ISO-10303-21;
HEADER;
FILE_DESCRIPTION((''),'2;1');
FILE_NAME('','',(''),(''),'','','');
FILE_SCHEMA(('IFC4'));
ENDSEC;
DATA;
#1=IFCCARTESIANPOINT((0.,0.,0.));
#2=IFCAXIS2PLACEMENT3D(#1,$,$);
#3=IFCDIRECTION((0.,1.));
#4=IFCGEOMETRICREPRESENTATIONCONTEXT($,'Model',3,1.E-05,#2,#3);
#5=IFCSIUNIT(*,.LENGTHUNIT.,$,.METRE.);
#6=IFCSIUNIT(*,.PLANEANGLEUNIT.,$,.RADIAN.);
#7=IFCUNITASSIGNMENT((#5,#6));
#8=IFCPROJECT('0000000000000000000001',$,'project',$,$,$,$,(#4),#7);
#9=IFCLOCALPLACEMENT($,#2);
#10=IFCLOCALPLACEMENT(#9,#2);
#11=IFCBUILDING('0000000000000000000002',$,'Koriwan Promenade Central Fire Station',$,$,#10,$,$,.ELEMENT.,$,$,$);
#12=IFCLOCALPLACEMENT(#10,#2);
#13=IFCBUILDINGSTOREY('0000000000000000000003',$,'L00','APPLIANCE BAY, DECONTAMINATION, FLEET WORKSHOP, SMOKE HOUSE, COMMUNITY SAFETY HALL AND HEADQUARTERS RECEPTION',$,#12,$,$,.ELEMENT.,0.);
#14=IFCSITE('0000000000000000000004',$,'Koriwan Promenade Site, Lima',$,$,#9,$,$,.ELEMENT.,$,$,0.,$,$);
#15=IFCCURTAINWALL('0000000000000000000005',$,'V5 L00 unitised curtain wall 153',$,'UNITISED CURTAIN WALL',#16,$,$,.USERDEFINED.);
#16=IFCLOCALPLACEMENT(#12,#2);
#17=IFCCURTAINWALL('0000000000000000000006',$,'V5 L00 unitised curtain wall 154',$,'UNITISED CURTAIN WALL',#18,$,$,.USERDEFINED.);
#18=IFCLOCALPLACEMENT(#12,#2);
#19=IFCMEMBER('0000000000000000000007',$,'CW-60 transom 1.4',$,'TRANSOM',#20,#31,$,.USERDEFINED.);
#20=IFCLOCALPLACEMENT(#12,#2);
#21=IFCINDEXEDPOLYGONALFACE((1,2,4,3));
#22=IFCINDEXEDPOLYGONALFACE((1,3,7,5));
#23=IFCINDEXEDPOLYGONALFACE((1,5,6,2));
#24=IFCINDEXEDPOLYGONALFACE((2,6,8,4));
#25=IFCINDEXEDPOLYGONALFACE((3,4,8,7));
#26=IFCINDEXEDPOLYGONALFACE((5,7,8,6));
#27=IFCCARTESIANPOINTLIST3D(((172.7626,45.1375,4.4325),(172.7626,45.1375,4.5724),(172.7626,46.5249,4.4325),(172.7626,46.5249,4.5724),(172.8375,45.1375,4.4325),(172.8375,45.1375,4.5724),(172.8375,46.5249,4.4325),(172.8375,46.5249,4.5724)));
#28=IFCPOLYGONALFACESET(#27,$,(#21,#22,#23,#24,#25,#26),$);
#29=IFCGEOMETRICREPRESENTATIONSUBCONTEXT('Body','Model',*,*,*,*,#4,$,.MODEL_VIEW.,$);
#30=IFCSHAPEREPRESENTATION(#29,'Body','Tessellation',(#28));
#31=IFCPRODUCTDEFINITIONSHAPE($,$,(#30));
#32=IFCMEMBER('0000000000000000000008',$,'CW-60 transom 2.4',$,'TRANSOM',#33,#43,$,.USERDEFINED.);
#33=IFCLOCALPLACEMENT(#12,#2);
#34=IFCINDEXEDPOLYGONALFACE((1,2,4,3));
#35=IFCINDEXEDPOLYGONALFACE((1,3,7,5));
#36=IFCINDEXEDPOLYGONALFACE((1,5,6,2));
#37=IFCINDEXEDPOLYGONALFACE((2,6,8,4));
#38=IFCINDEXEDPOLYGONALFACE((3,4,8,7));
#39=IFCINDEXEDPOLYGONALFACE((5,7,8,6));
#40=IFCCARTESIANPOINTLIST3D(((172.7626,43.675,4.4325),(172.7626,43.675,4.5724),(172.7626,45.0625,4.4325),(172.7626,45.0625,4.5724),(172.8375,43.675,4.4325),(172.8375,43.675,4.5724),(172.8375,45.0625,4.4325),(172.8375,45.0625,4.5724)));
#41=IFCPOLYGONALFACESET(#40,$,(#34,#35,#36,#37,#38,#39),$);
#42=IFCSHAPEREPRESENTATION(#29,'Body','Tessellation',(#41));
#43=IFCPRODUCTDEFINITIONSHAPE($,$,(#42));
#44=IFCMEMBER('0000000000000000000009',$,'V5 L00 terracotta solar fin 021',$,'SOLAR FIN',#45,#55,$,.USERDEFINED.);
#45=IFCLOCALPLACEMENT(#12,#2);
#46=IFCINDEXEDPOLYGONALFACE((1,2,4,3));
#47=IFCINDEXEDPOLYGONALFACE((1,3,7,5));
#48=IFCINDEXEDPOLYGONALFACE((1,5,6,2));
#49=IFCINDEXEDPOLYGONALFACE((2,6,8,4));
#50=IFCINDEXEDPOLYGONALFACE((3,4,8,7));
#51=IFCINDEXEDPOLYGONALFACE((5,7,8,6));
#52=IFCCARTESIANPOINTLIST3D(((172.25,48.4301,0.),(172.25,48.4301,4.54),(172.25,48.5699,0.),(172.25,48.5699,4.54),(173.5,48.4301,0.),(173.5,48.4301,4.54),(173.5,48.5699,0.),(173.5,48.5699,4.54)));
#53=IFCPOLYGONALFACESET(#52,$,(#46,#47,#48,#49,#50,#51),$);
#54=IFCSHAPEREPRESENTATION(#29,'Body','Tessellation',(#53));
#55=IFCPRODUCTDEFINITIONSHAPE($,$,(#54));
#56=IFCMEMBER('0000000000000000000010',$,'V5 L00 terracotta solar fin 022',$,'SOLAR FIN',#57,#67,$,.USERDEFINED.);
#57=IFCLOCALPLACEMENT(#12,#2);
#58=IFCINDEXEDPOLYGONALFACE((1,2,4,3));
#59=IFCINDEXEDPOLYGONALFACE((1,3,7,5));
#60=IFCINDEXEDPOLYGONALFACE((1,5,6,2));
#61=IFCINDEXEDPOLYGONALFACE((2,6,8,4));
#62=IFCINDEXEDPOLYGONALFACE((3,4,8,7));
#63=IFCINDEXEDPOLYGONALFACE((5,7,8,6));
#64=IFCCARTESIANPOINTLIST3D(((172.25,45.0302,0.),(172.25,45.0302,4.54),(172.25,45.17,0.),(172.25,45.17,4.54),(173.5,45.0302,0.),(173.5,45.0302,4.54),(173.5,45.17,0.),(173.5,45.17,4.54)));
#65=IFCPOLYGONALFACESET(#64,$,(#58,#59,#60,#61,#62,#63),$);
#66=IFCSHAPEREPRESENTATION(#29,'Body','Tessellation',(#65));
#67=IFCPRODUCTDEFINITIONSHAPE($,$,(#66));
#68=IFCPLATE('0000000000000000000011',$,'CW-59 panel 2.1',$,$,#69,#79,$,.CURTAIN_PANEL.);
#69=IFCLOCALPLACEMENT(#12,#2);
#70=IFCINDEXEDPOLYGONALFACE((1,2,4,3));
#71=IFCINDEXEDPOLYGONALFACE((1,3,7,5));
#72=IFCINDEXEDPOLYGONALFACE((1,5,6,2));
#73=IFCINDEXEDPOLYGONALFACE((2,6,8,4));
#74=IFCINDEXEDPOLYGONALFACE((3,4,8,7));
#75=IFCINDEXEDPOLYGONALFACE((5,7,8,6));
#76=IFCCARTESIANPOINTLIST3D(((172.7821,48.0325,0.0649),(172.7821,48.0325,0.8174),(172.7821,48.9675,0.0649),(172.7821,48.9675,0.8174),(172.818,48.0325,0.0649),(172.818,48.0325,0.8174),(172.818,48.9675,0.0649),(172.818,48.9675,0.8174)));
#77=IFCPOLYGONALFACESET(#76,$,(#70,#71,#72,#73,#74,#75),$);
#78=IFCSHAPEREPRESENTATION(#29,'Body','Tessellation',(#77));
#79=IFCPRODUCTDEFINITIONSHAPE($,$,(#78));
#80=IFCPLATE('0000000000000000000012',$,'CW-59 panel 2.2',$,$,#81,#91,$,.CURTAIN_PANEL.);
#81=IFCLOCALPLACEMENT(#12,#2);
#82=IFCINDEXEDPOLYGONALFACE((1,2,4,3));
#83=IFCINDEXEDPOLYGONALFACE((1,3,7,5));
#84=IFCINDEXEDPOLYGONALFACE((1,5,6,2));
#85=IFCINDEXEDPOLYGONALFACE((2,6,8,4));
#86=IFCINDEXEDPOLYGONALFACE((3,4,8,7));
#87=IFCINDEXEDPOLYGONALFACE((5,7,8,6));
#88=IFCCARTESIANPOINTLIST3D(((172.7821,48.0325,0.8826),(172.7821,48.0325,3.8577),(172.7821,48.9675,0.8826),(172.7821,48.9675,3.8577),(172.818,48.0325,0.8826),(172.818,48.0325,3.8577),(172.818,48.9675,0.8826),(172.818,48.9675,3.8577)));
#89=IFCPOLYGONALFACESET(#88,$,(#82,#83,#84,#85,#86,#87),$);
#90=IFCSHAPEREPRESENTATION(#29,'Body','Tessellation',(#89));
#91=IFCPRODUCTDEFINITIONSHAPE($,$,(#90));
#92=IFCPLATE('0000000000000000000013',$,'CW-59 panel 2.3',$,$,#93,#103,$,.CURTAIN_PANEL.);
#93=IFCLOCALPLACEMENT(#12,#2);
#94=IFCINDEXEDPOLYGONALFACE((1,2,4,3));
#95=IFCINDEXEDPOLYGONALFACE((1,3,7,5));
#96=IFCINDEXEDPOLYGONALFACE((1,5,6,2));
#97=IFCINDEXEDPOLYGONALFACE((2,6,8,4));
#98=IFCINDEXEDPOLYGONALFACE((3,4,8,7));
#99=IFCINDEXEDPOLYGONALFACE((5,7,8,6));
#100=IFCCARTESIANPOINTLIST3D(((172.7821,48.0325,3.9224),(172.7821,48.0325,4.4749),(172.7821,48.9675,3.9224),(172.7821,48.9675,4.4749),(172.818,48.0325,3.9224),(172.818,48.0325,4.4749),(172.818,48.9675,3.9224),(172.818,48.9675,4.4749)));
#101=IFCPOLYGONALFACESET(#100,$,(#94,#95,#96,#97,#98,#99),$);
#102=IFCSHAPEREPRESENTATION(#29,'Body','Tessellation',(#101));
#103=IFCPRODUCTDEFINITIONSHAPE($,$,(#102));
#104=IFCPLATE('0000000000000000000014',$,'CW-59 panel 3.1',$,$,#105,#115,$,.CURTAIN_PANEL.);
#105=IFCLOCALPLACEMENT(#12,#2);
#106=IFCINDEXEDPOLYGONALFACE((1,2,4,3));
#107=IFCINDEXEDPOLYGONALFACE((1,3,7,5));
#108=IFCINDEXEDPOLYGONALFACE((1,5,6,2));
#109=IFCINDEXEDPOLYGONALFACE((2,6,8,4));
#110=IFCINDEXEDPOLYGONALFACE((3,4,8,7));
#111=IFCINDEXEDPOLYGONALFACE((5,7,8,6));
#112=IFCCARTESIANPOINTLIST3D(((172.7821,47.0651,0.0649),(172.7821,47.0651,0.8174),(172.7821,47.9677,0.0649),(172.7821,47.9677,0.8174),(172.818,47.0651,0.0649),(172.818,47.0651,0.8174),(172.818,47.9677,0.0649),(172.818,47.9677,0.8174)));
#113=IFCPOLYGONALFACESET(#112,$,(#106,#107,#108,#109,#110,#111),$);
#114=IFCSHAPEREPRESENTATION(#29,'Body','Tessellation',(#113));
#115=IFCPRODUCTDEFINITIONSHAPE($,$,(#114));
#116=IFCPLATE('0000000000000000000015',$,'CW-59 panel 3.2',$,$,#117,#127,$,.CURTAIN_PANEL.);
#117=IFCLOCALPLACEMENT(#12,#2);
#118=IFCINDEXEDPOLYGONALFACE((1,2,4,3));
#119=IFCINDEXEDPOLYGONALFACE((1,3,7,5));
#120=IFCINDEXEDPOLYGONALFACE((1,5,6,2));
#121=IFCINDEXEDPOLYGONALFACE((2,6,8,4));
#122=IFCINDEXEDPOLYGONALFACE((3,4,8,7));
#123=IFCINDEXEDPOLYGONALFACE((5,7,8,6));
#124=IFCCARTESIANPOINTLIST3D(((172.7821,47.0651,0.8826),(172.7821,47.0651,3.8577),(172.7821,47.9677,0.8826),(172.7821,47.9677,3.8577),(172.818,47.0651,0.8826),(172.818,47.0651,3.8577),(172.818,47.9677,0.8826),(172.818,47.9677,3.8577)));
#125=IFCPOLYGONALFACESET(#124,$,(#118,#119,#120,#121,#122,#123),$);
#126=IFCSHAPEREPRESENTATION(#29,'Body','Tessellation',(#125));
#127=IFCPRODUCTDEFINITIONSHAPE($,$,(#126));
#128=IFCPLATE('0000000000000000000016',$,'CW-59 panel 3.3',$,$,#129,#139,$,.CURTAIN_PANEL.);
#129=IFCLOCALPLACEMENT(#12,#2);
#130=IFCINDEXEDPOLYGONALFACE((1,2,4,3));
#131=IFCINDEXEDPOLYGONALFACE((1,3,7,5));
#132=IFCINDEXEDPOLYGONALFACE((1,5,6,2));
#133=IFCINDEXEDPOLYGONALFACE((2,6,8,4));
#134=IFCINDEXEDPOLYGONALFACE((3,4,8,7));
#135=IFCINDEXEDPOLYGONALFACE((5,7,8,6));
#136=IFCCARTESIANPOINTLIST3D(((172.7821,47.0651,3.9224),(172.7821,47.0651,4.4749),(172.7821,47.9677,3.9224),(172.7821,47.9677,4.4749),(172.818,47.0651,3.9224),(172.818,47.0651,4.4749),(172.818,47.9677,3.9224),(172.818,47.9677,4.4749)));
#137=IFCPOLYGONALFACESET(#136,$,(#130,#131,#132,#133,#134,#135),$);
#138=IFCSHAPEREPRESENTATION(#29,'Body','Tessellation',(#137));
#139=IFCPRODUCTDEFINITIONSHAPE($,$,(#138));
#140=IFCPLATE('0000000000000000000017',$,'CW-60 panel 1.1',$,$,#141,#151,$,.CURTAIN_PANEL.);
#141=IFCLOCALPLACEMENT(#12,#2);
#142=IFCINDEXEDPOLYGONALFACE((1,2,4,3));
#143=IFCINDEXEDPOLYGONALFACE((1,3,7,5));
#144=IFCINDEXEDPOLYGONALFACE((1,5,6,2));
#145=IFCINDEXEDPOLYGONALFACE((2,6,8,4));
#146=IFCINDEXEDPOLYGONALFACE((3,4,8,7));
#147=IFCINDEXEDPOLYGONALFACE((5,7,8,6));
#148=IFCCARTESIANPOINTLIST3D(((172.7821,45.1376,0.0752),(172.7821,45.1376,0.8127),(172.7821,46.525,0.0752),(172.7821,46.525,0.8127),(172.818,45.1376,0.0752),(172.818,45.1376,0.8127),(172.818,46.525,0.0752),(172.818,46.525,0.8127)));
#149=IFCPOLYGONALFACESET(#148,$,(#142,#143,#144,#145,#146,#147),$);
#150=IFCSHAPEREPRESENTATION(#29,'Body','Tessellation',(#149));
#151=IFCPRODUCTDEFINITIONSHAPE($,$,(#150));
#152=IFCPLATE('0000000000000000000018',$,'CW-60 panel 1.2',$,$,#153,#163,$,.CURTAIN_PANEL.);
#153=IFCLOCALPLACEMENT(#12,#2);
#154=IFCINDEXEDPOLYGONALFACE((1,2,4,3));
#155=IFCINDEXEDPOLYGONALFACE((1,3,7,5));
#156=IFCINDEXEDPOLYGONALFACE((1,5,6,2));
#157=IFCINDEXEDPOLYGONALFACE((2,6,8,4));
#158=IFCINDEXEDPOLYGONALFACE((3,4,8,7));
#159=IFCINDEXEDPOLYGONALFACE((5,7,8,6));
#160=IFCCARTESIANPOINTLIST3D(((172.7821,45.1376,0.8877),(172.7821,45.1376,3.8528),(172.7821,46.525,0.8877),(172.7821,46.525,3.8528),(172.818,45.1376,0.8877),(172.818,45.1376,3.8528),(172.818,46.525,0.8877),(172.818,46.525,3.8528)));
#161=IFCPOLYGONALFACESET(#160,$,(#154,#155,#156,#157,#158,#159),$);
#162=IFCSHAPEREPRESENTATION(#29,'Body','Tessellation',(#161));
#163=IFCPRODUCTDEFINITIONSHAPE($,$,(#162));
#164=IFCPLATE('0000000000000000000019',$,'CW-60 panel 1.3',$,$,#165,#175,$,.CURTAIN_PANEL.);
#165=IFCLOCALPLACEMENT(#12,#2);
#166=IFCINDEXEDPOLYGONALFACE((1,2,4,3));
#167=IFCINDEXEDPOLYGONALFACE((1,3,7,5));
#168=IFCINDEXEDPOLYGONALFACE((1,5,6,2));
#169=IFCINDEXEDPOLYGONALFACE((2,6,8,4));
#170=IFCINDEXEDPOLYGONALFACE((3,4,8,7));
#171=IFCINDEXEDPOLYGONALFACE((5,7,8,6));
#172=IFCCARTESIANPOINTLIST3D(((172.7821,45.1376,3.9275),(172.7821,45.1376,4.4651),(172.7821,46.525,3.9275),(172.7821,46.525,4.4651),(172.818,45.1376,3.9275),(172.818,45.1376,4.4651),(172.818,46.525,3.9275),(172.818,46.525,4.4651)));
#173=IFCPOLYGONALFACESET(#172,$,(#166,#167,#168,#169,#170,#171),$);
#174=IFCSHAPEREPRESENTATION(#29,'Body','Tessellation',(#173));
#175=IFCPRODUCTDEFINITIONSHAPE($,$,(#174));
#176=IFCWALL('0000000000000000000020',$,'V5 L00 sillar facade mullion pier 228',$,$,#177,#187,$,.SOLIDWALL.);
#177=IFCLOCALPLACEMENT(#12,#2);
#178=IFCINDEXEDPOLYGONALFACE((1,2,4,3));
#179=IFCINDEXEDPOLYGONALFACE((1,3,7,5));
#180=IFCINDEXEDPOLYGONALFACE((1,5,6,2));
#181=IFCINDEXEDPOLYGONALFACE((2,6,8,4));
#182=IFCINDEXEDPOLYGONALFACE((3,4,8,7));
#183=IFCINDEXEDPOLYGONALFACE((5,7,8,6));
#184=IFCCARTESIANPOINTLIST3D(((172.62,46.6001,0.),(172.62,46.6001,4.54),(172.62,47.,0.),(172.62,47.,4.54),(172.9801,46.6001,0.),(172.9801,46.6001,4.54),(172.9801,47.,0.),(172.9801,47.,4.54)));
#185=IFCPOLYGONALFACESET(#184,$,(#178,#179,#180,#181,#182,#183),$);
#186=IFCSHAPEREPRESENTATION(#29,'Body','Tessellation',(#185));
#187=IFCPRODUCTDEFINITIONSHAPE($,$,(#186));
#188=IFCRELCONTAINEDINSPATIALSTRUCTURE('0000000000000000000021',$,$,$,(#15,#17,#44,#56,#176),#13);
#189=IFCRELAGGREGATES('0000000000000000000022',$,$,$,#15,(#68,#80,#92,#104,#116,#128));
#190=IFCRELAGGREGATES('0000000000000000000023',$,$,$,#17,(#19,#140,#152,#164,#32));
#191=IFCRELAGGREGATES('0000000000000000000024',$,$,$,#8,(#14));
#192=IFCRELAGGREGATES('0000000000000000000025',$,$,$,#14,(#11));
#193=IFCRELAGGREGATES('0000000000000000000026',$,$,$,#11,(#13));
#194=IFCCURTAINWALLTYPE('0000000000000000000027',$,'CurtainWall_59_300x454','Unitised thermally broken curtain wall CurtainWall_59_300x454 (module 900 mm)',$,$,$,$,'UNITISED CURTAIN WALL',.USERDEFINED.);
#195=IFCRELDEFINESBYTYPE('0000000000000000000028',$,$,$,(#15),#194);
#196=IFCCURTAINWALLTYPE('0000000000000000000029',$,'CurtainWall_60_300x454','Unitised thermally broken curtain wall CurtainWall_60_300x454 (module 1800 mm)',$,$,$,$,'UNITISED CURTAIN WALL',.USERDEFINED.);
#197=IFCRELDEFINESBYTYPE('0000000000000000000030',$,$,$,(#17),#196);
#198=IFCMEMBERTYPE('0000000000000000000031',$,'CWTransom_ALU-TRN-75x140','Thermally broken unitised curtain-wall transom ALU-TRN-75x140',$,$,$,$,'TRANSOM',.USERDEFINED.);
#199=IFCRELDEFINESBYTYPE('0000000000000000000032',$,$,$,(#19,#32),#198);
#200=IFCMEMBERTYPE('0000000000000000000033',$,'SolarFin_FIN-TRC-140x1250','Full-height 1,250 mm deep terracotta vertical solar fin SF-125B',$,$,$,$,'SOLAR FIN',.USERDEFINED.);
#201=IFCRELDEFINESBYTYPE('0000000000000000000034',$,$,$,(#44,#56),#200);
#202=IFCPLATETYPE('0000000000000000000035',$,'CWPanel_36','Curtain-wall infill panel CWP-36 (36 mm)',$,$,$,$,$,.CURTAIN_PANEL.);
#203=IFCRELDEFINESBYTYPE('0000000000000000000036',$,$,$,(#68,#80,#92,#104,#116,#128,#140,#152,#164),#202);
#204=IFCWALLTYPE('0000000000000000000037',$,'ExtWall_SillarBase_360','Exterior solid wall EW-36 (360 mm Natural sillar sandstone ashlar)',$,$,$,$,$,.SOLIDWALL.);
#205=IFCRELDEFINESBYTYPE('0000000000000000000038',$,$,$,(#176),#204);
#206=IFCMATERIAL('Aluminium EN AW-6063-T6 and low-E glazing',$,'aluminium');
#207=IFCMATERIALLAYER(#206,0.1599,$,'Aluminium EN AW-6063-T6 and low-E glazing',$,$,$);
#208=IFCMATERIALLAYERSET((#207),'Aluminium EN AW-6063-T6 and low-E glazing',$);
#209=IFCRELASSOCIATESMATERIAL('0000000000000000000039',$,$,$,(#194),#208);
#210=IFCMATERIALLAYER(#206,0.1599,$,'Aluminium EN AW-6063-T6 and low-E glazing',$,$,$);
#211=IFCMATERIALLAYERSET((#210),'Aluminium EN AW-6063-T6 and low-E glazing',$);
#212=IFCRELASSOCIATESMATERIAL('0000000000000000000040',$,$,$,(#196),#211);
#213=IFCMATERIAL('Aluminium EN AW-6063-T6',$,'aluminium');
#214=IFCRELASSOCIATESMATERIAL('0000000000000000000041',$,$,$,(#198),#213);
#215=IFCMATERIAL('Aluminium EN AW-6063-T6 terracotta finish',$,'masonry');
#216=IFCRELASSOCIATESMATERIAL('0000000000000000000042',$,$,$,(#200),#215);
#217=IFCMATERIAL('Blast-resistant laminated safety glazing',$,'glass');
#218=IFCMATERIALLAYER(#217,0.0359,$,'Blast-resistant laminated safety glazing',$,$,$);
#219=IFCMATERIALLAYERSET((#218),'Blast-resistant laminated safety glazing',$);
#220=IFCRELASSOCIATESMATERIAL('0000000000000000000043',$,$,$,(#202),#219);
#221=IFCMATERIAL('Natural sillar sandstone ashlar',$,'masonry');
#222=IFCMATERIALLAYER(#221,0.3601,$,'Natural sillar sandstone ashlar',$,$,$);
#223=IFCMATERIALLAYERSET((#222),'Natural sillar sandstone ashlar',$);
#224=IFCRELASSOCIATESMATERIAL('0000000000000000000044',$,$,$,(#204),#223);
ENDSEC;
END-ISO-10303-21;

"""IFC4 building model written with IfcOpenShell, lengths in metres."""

from ifc_helpers import new_model, si_unit, direction, frame, frame_2d, origin, origin_2d, place, context, subcontext, project, spatial, rectangle, extrude, material, layer, layer_set, material_profile, profile_set, type_object, element, aggregate, save


model = new_model("IFC4")

# Units and contexts
model_context = context("Model", 3, precision=1e-05, world=origin(), true_north=direction((0.0, 1.0)))
body_context = subcontext(model_context, "Body", "Model", "MODEL_VIEW")
ifc_project = project(units=[si_unit("LENGTHUNIT", "METRE"), si_unit("PLANEANGLEUNIT", "RADIAN")], contexts=[model_context])

# Site, building, storey
site_placement = place(None, origin())
site = spatial("IfcSite", under=ifc_project, at=site_placement, Name="Koriwan Promenade Site, Lima", CompositionType="ELEMENT", RefElevation=0.0)
building_placement = place(site_placement, origin())
building = spatial("IfcBuilding", under=site, at=building_placement, Name="Koriwan Promenade Central Fire Station", CompositionType="ELEMENT")
storey_placement = place(building_placement, origin())
storey = spatial("IfcBuildingStorey", under=building, at=storey_placement, Name="L00", Description="APPLIANCE BAY, DECONTAMINATION, FLEET WORKSHOP, SMOKE HOUSE, COMMUNITY SAFETY HALL AND HEADQUARTERS RECEPTION", CompositionType="ELEMENT", Elevation=0.0)

# Curtain walls
ifc_material_1 = material(Name="Aluminium EN AW-6063-T6 and low-E glazing", Category="aluminium")
ifc_layer_1 = layer(ifc_material_1, 0.1599, Name="Aluminium EN AW-6063-T6 and low-E glazing")
ifc_layer_set_1 = layer_set([ifc_layer_1], Name="Aluminium EN AW-6063-T6 and low-E glazing")
curtain_wall_type_1 = type_object("IfcCurtainWallType", Name="CurtainWall_59_300x454", Description="Unitised thermally broken curtain wall CurtainWall_59_300x454 (module 900 mm)", ElementType="UNITISED CURTAIN WALL", PredefinedType="USERDEFINED", material=ifc_layer_set_1)
curtain_wall_1_placement = place(storey_placement, origin())
curtain_wall_1 = element("IfcCurtainWall", 1, at=curtain_wall_1_placement, inside=storey, type_object=curtain_wall_type_1, Name="V5 L00 unitised curtain wall 153", ObjectType="UNITISED CURTAIN WALL", PredefinedType="USERDEFINED")
ifc_material_2 = material(Name="Aluminium EN AW-6063-T6", Category="aluminium")
ifc_layer_2 = layer(ifc_material_1, 0.1599, Name="Aluminium EN AW-6063-T6 and low-E glazing")
ifc_layer_set_2 = layer_set([ifc_layer_2], Name="Aluminium EN AW-6063-T6 and low-E glazing")
curtain_wall_type_2 = type_object("IfcCurtainWallType", Name="CurtainWall_60_300x454", Description="Unitised thermally broken curtain wall CurtainWall_60_300x454 (module 1800 mm)", ElementType="UNITISED CURTAIN WALL", PredefinedType="USERDEFINED", material=ifc_layer_set_2)
curtain_wall_2_placement = place(storey_placement, origin())
curtain_wall_2 = element("IfcCurtainWall", 2, at=curtain_wall_2_placement, inside=storey, type_object=curtain_wall_type_2, Name="V5 L00 unitised curtain wall 154", ObjectType="UNITISED CURTAIN WALL", PredefinedType="USERDEFINED")

# Members
ifc_material_profile_1 = material_profile(ifc_material_2, rectangle(XDim=0.075, YDim=0.1399, at=origin_2d()), Name="ALU-TRN-75x140")
ifc_profile_set_1 = profile_set([ifc_material_profile_1], Name="Aluminium EN AW-6063-T6")
member_type_1 = type_object("IfcMemberType", Name="CWTransom_ALU-TRN-75x140", Description="Thermally broken unitised curtain-wall transom ALU-TRN-75x140", ElementType="TRANSOM", PredefinedType="USERDEFINED", material=ifc_profile_set_1)
member_1_placement = place(storey_placement, frame((172.8, 46.5249, 4.5024), z_axis=(0.0, -1.0, 0.0), x_axis=(1.0, 0.0, 0.0)))
member_1 = element("IfcMember", 3, at=member_1_placement, type_object=member_type_1, Name="CW-60 transom 1.4", ObjectType="TRANSOM", PredefinedType="USERDEFINED", context=body_context, shape_type="SweptSolid", body=[
    extrude(rectangle(XDim=0.075, YDim=0.1399, at=origin_2d()), origin(), (0.0, 0.0, 1.0), 1.3875),
])
member_2_placement = place(storey_placement, frame((172.8, 45.0625, 4.5024), z_axis=(0.0, -1.0, 0.0), x_axis=(1.0, 0.0, 0.0)))
member_2 = element("IfcMember", 4, at=member_2_placement, type_object=member_type_1, Name="CW-60 transom 2.4", ObjectType="TRANSOM", PredefinedType="USERDEFINED", context=body_context, shape_type="SweptSolid", body=[
    extrude(rectangle(XDim=0.075, YDim=0.1399, at=origin_2d()), origin(), (0.0, 0.0, 1.0), 1.3875),
])

# Members
ifc_material_3 = material(Name="Aluminium EN AW-6063-T6 terracotta finish", Category="masonry")
ifc_material_profile_2 = material_profile(ifc_material_3, rectangle(XDim=0.1399, YDim=1.25, at=origin_2d()), Name="FIN-TRC-140x1250")
ifc_profile_set_2 = profile_set([ifc_material_profile_2], Name="Aluminium EN AW-6063-T6 terracotta finish")
member_type_2 = type_object("IfcMemberType", Name="SolarFin_FIN-TRC-140x1250", Description="Full-height 1,250 mm deep terracotta vertical solar fin SF-125B", ElementType="SOLAR FIN", PredefinedType="USERDEFINED", material=ifc_profile_set_2)
for number, where, z_axis, x_axis, name in (
    (5, (172.875, 48.5, 0.0), (0.0, 0.0, 1.0), (0.0, -1.0, 0.0), "V5 L00 terracotta solar fin 021"),
    (6, (172.875, 45.1001, 0.0), (0.0, 0.0, 1.0), (0.0, -1.0, 0.0), "V5 L00 terracotta solar fin 022"),
):
    element("IfcMember", number, at=place(storey_placement, frame(where, z_axis=z_axis, x_axis=x_axis)), inside=storey, type_object=member_type_2, Name=name, ObjectType="SOLAR FIN", PredefinedType="USERDEFINED", context=body_context, shape_type="SweptSolid", body=[
        extrude(rectangle(XDim=0.1399, YDim=1.25, at=origin_2d()), origin(), (0.0, 0.0, 1.0), 4.54),
    ])

# Plates
ifc_material_4 = material(Name="Blast-resistant laminated safety glazing", Category="glass")
ifc_layer_3 = layer(ifc_material_4, 0.0359, Name="Blast-resistant laminated safety glazing")
ifc_layer_set_3 = layer_set([ifc_layer_3], Name="Blast-resistant laminated safety glazing")
plate_type = type_object("IfcPlateType", Name="CWPanel_36", Description="Curtain-wall infill panel CWP-36 (36 mm)", PredefinedType="CURTAIN_PANEL", material=ifc_layer_set_3)
plate_1_placement = place(storey_placement, frame((172.8, 48.5, 0.0649), z_axis=(0.0, 0.0, 1.0), x_axis=(0.0, -1.0, 0.0)))
plate_1 = element("IfcPlate", 7, at=plate_1_placement, type_object=plate_type, Name="CW-59 panel 2.1", PredefinedType="CURTAIN_PANEL", context=body_context, shape_type="SweptSolid", body=[
    extrude(rectangle(XDim=0.9351, YDim=0.0359, at=origin_2d()), origin(), (0.0, 0.0, 1.0), 0.7524),
])
plate_2_placement = place(storey_placement, frame((172.8, 48.5, 0.8826), z_axis=(0.0, 0.0, 1.0), x_axis=(0.0, -1.0, 0.0)))
plate_2 = element("IfcPlate", 8, at=plate_2_placement, type_object=plate_type, Name="CW-59 panel 2.2", PredefinedType="CURTAIN_PANEL", context=body_context, shape_type="SweptSolid", body=[
    extrude(rectangle(XDim=0.9351, YDim=0.0359, at=origin_2d()), origin(), (0.0, 0.0, 1.0), 2.9751),
])
plate_3_placement = place(storey_placement, frame((172.8, 48.5, 3.9224), z_axis=(0.0, 0.0, 1.0), x_axis=(0.0, -1.0, 0.0)))
plate_3 = element("IfcPlate", 9, at=plate_3_placement, type_object=plate_type, Name="CW-59 panel 2.3", PredefinedType="CURTAIN_PANEL", context=body_context, shape_type="SweptSolid", body=[
    extrude(rectangle(XDim=0.9351, YDim=0.0359, at=origin_2d()), origin(), (0.0, 0.0, 1.0), 0.5525),
])
plate_4_placement = place(storey_placement, frame((172.8, 47.5164, 0.0649), z_axis=(0.0, 0.0, 1.0), x_axis=(0.0, -1.0, 0.0)))
plate_4 = element("IfcPlate", 10, at=plate_4_placement, type_object=plate_type, Name="CW-59 panel 3.1", PredefinedType="CURTAIN_PANEL", context=body_context, shape_type="SweptSolid", body=[
    extrude(rectangle(XDim=0.9026, YDim=0.0359, at=origin_2d()), origin(), (0.0, 0.0, 1.0), 0.7524),
])
plate_5_placement = place(storey_placement, frame((172.8, 47.5164, 0.8826), z_axis=(0.0, 0.0, 1.0), x_axis=(0.0, -1.0, 0.0)))
plate_5 = element("IfcPlate", 11, at=plate_5_placement, type_object=plate_type, Name="CW-59 panel 3.2", PredefinedType="CURTAIN_PANEL", context=body_context, shape_type="SweptSolid", body=[
    extrude(rectangle(XDim=0.9026, YDim=0.0359, at=origin_2d()), origin(), (0.0, 0.0, 1.0), 2.9751),
])
plate_6_placement = place(storey_placement, frame((172.8, 47.5164, 3.9224), z_axis=(0.0, 0.0, 1.0), x_axis=(0.0, -1.0, 0.0)))
plate_6 = element("IfcPlate", 12, at=plate_6_placement, type_object=plate_type, Name="CW-59 panel 3.3", PredefinedType="CURTAIN_PANEL", context=body_context, shape_type="SweptSolid", body=[
    extrude(rectangle(XDim=0.9026, YDim=0.0359, at=origin_2d()), origin(), (0.0, 0.0, 1.0), 0.5525),
])
aggregate(curtain_wall_1, [plate_1, plate_2, plate_3, plate_4, plate_5, plate_6])
plate_7_placement = place(storey_placement, frame((172.8, 45.8313, 0.0752), z_axis=(0.0, 0.0, 1.0), x_axis=(0.0, -1.0, 0.0)))
plate_7 = element("IfcPlate", 13, at=plate_7_placement, type_object=plate_type, Name="CW-60 panel 1.1", PredefinedType="CURTAIN_PANEL", context=body_context, shape_type="SweptSolid", body=[
    extrude(rectangle(XDim=1.3875, YDim=0.0359, at=origin_2d()), origin(), (0.0, 0.0, 1.0), 0.7375),
])
plate_8_placement = place(storey_placement, frame((172.8, 45.8313, 0.8877), z_axis=(0.0, 0.0, 1.0), x_axis=(0.0, -1.0, 0.0)))
plate_8 = element("IfcPlate", 14, at=plate_8_placement, type_object=plate_type, Name="CW-60 panel 1.2", PredefinedType="CURTAIN_PANEL", context=body_context, shape_type="SweptSolid", body=[
    extrude(rectangle(XDim=1.3875, YDim=0.0359, at=origin_2d()), origin(), (0.0, 0.0, 1.0), 2.9651),
])
plate_9_placement = place(storey_placement, frame((172.8, 45.8313, 3.9275), z_axis=(0.0, 0.0, 1.0), x_axis=(0.0, -1.0, 0.0)))
plate_9 = element("IfcPlate", 15, at=plate_9_placement, type_object=plate_type, Name="CW-60 panel 1.3", PredefinedType="CURTAIN_PANEL", context=body_context, shape_type="SweptSolid", body=[
    extrude(rectangle(XDim=1.3875, YDim=0.0359, at=origin_2d()), origin(), (0.0, 0.0, 1.0), 0.5376),
])
aggregate(curtain_wall_2, [member_1, plate_7, plate_8, plate_9, member_2])

# Wall
ifc_material_5 = material(Name="Natural sillar sandstone ashlar", Category="masonry")
ifc_layer_4 = layer(ifc_material_5, 0.3601, Name="Natural sillar sandstone ashlar")
ifc_layer_set_4 = layer_set([ifc_layer_4], Name="Natural sillar sandstone ashlar")
wall_type = type_object("IfcWallType", Name="ExtWall_SillarBase_360", Description="Exterior solid wall EW-36 (360 mm Natural sillar sandstone ashlar)", PredefinedType="SOLIDWALL", material=ifc_layer_set_4)
wall_placement = place(storey_placement, frame((172.8, 47.0, 0.0), z_axis=(0.0, 0.0, 1.0), x_axis=(0.0, -1.0, 0.0)))
element("IfcWall", 16, at=wall_placement, inside=storey, type_object=wall_type, Name="V5 L00 sillar facade mullion pier 228", PredefinedType="SOLIDWALL", context=body_context, shape_type="SweptSolid", body=[
    extrude(rectangle(XDim=0.3999, YDim=0.3601, at=frame_2d((0.2, 0.0))), origin(), (0.0, 0.0, 1.0), 4.54),
])

save(model, "model.ifc")
